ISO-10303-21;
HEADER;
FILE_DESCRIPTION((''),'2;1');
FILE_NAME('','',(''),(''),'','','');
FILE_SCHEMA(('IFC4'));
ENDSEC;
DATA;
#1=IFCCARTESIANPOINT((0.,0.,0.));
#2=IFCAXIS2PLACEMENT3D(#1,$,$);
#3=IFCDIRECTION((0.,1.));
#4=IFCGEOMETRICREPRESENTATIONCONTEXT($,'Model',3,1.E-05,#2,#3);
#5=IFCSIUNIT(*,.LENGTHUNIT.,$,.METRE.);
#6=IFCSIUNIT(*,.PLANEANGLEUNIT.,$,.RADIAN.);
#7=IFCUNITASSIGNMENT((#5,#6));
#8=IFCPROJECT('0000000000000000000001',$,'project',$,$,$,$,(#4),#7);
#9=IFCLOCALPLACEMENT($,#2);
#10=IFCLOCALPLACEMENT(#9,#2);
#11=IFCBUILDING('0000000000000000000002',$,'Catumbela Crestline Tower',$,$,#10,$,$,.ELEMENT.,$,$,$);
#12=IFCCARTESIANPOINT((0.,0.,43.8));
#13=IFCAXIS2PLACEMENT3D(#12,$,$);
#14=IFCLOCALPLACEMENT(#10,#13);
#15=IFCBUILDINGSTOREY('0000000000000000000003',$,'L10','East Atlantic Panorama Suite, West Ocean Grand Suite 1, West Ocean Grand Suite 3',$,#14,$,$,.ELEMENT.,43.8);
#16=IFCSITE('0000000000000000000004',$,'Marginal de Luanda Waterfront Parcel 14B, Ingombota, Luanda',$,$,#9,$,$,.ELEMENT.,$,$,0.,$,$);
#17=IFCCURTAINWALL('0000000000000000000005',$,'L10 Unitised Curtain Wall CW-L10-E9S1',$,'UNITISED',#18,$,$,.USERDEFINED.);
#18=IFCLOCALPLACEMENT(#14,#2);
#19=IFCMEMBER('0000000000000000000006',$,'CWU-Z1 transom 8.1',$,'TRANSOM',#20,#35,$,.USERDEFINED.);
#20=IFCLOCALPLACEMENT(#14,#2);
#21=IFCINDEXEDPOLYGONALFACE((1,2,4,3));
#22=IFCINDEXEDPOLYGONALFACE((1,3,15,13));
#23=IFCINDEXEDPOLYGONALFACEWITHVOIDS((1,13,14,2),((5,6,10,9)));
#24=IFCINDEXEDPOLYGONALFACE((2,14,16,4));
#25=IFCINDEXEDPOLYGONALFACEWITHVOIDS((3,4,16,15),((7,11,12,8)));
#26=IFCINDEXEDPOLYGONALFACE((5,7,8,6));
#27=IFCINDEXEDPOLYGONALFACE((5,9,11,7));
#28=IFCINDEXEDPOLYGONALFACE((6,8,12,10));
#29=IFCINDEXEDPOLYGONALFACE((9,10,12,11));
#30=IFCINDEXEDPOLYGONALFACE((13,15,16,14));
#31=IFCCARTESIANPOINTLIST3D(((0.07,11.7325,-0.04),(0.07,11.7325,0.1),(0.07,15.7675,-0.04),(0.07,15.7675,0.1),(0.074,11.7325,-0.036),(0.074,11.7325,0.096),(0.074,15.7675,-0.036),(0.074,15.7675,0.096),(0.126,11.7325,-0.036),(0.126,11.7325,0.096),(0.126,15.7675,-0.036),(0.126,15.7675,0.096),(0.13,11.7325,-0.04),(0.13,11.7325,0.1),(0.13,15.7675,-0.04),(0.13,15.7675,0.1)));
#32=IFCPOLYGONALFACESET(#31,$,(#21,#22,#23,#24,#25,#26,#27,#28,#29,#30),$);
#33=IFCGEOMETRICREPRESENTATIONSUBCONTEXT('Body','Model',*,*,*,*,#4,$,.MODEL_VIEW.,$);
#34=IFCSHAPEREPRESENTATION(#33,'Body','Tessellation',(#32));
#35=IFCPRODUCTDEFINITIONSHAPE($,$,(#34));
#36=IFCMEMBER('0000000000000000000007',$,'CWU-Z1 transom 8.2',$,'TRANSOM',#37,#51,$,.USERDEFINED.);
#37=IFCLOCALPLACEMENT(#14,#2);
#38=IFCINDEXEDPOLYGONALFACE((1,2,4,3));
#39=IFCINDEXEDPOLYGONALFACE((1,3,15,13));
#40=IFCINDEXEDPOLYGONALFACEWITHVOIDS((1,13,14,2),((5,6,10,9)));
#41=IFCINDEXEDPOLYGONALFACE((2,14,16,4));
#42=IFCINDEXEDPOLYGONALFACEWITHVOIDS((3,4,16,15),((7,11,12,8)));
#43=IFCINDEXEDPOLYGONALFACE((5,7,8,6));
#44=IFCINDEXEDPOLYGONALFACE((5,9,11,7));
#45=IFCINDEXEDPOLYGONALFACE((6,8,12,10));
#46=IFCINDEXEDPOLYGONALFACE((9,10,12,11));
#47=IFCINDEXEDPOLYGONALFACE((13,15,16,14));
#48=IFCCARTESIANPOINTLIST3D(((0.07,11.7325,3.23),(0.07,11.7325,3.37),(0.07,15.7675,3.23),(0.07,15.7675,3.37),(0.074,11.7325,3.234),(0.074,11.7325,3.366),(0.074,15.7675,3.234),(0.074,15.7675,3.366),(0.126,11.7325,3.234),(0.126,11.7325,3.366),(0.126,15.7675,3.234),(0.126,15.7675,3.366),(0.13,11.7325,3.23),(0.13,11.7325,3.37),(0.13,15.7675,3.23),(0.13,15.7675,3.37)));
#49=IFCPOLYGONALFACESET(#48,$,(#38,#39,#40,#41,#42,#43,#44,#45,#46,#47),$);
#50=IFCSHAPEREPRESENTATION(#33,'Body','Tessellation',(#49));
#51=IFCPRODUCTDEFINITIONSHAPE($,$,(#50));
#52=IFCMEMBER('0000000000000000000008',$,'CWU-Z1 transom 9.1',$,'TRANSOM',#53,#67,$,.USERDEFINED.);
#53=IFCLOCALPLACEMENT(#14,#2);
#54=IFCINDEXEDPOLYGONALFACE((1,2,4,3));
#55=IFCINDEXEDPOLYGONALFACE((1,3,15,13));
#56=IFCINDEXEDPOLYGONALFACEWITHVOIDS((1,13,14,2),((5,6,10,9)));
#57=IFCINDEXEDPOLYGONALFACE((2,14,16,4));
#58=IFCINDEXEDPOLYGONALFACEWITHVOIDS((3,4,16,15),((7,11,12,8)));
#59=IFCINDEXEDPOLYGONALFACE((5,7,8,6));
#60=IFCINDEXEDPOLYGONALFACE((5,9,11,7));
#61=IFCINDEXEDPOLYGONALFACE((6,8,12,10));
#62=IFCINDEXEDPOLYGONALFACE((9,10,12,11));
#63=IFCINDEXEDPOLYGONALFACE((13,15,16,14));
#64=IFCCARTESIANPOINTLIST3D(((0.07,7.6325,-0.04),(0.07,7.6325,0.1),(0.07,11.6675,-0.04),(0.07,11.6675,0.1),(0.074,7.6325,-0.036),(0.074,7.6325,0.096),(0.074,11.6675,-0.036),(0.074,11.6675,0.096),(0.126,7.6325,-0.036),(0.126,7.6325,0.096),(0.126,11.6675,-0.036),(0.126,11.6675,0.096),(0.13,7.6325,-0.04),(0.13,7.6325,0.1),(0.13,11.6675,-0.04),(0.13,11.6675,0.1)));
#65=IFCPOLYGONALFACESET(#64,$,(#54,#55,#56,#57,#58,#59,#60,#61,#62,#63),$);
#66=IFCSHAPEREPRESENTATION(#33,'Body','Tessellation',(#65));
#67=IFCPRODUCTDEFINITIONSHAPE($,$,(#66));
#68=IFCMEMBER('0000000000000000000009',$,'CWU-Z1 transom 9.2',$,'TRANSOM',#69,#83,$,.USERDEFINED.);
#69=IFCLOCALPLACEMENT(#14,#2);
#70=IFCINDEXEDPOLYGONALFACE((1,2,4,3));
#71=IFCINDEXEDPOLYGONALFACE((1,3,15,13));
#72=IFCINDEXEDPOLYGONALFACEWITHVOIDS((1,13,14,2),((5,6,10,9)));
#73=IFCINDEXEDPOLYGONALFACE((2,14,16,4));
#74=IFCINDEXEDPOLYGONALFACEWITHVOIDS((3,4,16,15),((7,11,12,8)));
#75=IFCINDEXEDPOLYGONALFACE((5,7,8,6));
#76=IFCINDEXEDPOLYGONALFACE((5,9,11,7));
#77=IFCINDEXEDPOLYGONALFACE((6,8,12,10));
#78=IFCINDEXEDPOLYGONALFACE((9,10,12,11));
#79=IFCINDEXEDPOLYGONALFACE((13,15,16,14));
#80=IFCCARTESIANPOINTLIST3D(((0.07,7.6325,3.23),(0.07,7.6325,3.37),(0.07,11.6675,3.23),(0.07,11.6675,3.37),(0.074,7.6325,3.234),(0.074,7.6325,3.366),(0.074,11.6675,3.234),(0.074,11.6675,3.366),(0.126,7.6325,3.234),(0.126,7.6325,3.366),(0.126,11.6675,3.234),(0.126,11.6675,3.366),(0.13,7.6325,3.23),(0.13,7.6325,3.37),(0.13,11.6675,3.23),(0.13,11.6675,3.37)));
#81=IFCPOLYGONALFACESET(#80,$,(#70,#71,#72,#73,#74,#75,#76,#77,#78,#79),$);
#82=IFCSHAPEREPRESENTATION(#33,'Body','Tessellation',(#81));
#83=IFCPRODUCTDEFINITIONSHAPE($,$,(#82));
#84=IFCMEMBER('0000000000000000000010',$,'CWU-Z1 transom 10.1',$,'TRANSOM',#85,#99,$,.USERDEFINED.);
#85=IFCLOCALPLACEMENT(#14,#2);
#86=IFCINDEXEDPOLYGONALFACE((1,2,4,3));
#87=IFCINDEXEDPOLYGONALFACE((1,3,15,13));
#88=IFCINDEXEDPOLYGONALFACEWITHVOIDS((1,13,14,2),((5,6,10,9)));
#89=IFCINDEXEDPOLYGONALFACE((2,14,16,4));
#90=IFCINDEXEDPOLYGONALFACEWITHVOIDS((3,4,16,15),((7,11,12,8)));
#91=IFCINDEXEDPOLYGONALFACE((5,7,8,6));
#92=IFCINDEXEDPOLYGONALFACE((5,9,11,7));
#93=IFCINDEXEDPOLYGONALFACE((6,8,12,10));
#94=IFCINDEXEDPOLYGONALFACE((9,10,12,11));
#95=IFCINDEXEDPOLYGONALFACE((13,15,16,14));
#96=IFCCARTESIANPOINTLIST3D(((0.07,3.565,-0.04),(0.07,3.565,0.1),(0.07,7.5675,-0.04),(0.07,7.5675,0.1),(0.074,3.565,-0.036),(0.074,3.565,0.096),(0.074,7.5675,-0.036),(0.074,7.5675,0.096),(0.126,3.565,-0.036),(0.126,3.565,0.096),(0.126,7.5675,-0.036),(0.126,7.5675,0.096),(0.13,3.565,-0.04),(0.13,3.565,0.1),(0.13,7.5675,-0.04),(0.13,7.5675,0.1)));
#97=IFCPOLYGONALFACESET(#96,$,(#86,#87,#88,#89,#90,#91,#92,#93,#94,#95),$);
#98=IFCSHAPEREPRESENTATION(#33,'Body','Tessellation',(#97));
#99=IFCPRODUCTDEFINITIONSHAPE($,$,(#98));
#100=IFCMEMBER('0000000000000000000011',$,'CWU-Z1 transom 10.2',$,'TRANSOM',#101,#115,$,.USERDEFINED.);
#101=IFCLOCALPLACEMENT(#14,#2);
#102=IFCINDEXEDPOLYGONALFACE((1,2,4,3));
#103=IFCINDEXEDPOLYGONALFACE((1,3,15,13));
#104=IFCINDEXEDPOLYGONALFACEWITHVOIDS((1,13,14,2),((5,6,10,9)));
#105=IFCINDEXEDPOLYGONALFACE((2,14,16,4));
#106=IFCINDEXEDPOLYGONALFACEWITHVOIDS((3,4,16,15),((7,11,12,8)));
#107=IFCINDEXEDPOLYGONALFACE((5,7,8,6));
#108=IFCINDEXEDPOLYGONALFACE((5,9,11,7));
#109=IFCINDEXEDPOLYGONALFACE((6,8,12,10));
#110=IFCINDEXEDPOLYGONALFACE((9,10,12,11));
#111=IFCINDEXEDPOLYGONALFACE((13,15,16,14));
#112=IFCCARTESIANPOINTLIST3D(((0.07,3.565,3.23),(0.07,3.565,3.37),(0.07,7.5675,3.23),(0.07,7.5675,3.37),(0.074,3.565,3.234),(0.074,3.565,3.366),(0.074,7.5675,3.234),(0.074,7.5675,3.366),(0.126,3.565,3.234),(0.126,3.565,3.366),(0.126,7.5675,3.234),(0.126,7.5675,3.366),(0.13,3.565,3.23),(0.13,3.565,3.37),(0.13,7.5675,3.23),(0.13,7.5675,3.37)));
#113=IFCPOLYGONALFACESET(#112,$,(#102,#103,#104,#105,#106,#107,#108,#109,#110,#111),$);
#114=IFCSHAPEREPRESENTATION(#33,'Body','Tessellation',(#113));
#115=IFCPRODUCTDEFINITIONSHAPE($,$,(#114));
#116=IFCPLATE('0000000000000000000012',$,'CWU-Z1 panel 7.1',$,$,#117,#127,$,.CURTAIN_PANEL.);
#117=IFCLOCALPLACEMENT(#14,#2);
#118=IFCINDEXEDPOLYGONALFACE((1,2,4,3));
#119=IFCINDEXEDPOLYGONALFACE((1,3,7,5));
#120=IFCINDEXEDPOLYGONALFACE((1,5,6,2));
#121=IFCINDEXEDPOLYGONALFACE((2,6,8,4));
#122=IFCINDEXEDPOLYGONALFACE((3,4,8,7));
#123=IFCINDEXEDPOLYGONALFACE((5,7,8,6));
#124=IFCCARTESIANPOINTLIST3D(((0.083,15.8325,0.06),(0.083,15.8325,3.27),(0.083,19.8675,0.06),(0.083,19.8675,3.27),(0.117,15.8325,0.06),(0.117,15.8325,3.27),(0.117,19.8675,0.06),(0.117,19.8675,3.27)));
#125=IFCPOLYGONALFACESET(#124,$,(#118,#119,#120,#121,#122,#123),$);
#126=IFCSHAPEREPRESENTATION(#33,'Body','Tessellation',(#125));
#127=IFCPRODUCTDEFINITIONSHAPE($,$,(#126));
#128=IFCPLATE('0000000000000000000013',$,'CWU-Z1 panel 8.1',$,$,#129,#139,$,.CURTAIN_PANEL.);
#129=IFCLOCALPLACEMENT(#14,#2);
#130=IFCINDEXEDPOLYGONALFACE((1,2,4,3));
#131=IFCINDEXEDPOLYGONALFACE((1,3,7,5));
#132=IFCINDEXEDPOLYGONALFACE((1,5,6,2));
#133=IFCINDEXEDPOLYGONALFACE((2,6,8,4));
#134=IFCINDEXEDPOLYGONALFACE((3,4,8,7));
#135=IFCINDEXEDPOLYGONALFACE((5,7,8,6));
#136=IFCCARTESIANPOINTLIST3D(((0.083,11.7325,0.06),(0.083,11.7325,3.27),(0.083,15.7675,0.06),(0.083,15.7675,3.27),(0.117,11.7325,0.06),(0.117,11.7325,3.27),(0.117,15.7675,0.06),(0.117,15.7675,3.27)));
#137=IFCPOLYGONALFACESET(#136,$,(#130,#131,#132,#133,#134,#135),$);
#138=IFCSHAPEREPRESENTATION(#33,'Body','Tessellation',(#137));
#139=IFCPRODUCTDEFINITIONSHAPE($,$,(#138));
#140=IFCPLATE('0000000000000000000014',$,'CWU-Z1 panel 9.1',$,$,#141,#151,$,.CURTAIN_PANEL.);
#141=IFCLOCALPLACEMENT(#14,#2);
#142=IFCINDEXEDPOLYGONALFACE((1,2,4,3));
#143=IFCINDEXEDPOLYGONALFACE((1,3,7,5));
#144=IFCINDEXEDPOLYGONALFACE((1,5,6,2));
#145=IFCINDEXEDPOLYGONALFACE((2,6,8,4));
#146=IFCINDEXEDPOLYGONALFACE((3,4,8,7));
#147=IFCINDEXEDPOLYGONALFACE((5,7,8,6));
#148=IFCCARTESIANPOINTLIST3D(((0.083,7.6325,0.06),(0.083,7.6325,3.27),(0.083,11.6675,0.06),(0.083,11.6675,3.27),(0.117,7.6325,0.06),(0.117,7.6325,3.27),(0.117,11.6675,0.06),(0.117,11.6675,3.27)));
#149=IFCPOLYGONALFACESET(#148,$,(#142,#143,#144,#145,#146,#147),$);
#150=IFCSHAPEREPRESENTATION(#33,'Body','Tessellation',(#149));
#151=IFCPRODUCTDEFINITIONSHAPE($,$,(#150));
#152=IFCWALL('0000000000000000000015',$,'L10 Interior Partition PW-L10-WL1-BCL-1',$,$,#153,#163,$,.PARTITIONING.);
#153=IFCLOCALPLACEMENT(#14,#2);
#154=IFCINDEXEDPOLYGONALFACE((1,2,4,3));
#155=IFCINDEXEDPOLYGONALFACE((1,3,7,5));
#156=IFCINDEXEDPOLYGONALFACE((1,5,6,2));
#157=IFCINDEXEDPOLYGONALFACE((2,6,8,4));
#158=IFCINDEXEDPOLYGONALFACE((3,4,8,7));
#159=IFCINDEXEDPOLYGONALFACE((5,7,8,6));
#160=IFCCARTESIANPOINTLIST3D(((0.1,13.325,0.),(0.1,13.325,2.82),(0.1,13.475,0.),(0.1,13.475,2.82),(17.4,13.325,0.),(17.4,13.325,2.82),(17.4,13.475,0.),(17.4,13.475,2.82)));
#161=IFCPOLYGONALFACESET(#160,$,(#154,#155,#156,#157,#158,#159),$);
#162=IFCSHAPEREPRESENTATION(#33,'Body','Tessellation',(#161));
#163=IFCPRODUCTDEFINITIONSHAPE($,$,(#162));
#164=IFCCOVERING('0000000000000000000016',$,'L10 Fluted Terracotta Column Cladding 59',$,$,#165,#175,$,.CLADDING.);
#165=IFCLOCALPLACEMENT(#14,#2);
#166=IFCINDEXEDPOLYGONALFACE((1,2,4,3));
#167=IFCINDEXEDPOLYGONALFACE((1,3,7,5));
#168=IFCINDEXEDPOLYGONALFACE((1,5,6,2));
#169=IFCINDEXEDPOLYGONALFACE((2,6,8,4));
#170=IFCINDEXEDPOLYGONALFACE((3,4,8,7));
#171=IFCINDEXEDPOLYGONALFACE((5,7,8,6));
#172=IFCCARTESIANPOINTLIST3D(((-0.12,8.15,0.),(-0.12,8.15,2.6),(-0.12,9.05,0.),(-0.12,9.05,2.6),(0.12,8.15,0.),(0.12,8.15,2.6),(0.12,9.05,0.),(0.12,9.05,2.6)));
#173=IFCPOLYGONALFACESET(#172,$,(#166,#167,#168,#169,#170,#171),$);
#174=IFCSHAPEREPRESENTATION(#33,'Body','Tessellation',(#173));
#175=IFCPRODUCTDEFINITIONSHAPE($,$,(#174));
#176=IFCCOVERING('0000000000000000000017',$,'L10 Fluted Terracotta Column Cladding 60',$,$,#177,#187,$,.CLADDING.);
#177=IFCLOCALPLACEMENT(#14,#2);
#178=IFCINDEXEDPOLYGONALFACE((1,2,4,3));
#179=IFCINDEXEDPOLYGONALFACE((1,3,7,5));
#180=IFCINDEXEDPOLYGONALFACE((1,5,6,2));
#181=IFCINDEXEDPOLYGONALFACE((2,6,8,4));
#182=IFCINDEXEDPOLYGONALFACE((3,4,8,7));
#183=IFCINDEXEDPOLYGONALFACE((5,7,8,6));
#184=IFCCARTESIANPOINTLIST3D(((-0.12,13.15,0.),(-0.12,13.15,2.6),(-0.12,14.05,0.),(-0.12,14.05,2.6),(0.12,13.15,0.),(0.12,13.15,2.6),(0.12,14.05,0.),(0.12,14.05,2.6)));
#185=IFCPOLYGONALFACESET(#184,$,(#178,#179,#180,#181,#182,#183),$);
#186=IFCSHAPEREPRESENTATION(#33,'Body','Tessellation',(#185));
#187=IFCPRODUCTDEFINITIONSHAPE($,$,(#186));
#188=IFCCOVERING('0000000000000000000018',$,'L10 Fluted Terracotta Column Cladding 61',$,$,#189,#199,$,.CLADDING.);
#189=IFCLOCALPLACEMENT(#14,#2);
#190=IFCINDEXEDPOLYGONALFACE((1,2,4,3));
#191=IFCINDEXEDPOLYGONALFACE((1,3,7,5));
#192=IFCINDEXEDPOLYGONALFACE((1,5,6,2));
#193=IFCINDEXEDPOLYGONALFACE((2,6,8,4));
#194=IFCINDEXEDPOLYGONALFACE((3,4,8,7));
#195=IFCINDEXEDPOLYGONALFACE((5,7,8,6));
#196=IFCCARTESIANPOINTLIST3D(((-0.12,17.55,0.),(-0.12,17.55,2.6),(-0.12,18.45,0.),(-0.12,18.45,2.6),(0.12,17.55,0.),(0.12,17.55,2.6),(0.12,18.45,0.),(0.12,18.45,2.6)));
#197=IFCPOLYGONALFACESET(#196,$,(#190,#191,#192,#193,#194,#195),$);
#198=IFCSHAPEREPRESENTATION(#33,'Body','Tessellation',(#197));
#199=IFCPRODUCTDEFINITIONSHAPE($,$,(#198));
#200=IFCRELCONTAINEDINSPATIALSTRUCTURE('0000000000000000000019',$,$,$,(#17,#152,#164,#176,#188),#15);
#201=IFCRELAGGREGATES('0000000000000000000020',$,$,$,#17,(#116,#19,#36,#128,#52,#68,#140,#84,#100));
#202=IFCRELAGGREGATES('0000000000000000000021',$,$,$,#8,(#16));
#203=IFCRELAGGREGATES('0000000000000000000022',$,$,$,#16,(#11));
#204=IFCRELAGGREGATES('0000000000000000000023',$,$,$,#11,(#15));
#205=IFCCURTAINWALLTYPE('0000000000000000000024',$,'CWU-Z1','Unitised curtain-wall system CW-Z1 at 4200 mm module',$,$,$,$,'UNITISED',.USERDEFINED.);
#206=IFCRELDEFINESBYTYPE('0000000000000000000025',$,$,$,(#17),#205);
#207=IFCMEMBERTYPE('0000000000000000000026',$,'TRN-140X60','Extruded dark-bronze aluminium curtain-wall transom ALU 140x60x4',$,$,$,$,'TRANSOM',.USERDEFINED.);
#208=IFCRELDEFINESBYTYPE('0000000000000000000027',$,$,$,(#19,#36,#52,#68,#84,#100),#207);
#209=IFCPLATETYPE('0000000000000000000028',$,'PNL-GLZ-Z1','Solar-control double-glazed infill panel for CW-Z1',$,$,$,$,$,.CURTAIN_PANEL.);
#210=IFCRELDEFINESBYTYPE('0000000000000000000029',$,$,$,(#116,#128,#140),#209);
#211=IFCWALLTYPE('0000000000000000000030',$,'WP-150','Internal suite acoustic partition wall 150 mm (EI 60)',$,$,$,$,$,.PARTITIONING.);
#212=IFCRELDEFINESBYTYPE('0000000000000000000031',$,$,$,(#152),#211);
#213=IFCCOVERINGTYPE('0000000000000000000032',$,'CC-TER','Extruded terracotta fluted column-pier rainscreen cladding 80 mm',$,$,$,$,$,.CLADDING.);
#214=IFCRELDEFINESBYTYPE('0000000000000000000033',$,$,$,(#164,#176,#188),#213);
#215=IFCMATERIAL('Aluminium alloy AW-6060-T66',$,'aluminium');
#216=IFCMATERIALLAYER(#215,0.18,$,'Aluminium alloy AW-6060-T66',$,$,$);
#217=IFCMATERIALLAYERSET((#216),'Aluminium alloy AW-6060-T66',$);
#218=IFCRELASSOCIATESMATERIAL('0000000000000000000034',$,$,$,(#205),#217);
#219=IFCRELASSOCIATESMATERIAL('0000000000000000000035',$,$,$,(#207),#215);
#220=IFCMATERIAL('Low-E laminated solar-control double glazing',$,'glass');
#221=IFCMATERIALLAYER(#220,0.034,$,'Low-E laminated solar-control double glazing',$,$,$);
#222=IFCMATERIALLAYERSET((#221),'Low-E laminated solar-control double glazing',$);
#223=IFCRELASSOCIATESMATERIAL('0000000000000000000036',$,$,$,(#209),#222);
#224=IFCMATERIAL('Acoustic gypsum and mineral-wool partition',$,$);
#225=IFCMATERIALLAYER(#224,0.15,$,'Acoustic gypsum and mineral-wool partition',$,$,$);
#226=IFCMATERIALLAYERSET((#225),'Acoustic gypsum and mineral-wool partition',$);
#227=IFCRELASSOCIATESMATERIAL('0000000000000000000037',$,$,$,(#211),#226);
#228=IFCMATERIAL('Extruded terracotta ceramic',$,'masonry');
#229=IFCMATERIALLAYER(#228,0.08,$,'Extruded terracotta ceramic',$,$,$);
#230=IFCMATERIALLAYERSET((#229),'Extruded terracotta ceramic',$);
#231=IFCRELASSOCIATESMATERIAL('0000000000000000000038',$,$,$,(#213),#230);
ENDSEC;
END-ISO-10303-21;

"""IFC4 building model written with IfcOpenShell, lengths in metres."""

from ifc_helpers import new_model, si_unit, direction, frame, frame_2d, origin, origin_2d, place, context, subcontext, project, spatial, rectangle, hollow_rectangle, extrude, material, layer, layer_set, material_profile, profile_set, type_object, element, aggregate, save


model = new_model("IFC4")

# Units and contexts
model_context = context("Model", 3, precision=1e-05, world=origin(), true_north=direction((0.0, 1.0)))
body_context = subcontext(model_context, "Body", "Model", "MODEL_VIEW")
ifc_project = project(units=[si_unit("LENGTHUNIT", "METRE"), si_unit("PLANEANGLEUNIT", "RADIAN")], contexts=[model_context])

# Site, building, storey
site_placement = place(None, origin())
site = spatial("IfcSite", under=ifc_project, at=site_placement, Name="Marginal de Luanda Waterfront Parcel 14B, Ingombota, Luanda", CompositionType="ELEMENT", RefElevation=0.0)
building_placement = place(site_placement, origin())
building = spatial("IfcBuilding", under=site, at=building_placement, Name="Catumbela Crestline Tower", CompositionType="ELEMENT")
storey_placement = place(building_placement, frame((0.0, 0.0, 43.8)))
storey = spatial("IfcBuildingStorey", under=building, at=storey_placement, Name="L10", Description="East Atlantic Panorama Suite, West Ocean Grand Suite 1, West Ocean Grand Suite 3", CompositionType="ELEMENT", Elevation=43.8)

# Curtain wall
ifc_material_1 = material(Name="Aluminium alloy AW-6060-T66", Category="aluminium")
ifc_layer_1 = layer(ifc_material_1, 0.18, Name="Aluminium alloy AW-6060-T66")
ifc_layer_set_1 = layer_set([ifc_layer_1], Name="Aluminium alloy AW-6060-T66")
curtain_wall_type = type_object("IfcCurtainWallType", Name="CWU-Z1", Description="Unitised curtain-wall system CW-Z1 at 4200 mm module", ElementType="UNITISED", PredefinedType="USERDEFINED", material=ifc_layer_set_1)
curtain_wall_placement = place(storey_placement, origin())
curtain_wall = element("IfcCurtainWall", 1, at=curtain_wall_placement, inside=storey, type_object=curtain_wall_type, Name="L10 Unitised Curtain Wall CW-L10-E9S1", ObjectType="UNITISED", PredefinedType="USERDEFINED")

# Members
ifc_material_profile_1 = material_profile(ifc_material_1, hollow_rectangle(XDim=0.06, YDim=0.14, WallThickness=0.004, at=origin_2d()), Name="ALU 140x60x4")
ifc_profile_set_1 = profile_set([ifc_material_profile_1], Name="Aluminium alloy AW-6060-T66")
member_type_1 = type_object("IfcMemberType", Name="TRN-140X60", Description="Extruded dark-bronze aluminium curtain-wall transom ALU 140x60x4", ElementType="TRANSOM", PredefinedType="USERDEFINED", material=ifc_profile_set_1)
member_1_placement = place(storey_placement, frame((0.1, 15.7675, 0.03), z_axis=(0.0, -1.0, 0.0), x_axis=(1.0, 0.0, 0.0)))
member_1 = element("IfcMember", 2, at=member_1_placement, type_object=member_type_1, Name="CWU-Z1 transom 8.1", ObjectType="TRANSOM", PredefinedType="USERDEFINED", context=body_context, shape_type="SweptSolid", body=[
    extrude(hollow_rectangle(XDim=0.06, YDim=0.14, WallThickness=0.004, at=origin_2d()), origin(), (0.0, 0.0, 1.0), 4.035),
])
member_2_placement = place(storey_placement, frame((0.1, 15.7675, 3.3), z_axis=(0.0, -1.0, 0.0), x_axis=(1.0, 0.0, 0.0)))
member_2 = element("IfcMember", 3, at=member_2_placement, type_object=member_type_1, Name="CWU-Z1 transom 8.2", ObjectType="TRANSOM", PredefinedType="USERDEFINED", context=body_context, shape_type="SweptSolid", body=[
    extrude(hollow_rectangle(XDim=0.06, YDim=0.14, WallThickness=0.004, at=origin_2d()), origin(), (0.0, 0.0, 1.0), 4.035),
])
member_3_placement = place(storey_placement, frame((0.1, 11.6675, 0.03), z_axis=(0.0, -1.0, 0.0), x_axis=(1.0, 0.0, 0.0)))
member_3 = element("IfcMember", 4, at=member_3_placement, type_object=member_type_1, Name="CWU-Z1 transom 9.1", ObjectType="TRANSOM", PredefinedType="USERDEFINED", context=body_context, shape_type="SweptSolid", body=[
    extrude(hollow_rectangle(XDim=0.06, YDim=0.14, WallThickness=0.004, at=origin_2d()), origin(), (0.0, 0.0, 1.0), 4.035),
])
member_4_placement = place(storey_placement, frame((0.1, 11.6675, 3.3), z_axis=(0.0, -1.0, 0.0), x_axis=(1.0, 0.0, 0.0)))
member_4 = element("IfcMember", 5, at=member_4_placement, type_object=member_type_1, Name="CWU-Z1 transom 9.2", ObjectType="TRANSOM", PredefinedType="USERDEFINED", context=body_context, shape_type="SweptSolid", body=[
    extrude(hollow_rectangle(XDim=0.06, YDim=0.14, WallThickness=0.004, at=origin_2d()), origin(), (0.0, 0.0, 1.0), 4.035),
])
member_5_placement = place(storey_placement, frame((0.1, 7.5675, 0.03), z_axis=(0.0, -1.0, 0.0), x_axis=(1.0, 0.0, 0.0)))
member_5 = element("IfcMember", 6, at=member_5_placement, type_object=member_type_1, Name="CWU-Z1 transom 10.1", ObjectType="TRANSOM", PredefinedType="USERDEFINED", context=body_context, shape_type="SweptSolid", body=[
    extrude(hollow_rectangle(XDim=0.06, YDim=0.14, WallThickness=0.004, at=origin_2d()), origin(), (0.0, 0.0, 1.0), 4.0025),
])
member_6_placement = place(storey_placement, frame((0.1, 7.5675, 3.3), z_axis=(0.0, -1.0, 0.0), x_axis=(1.0, 0.0, 0.0)))
member_6 = element("IfcMember", 7, at=member_6_placement, type_object=member_type_1, Name="CWU-Z1 transom 10.2", ObjectType="TRANSOM", PredefinedType="USERDEFINED", context=body_context, shape_type="SweptSolid", body=[
    extrude(hollow_rectangle(XDim=0.06, YDim=0.14, WallThickness=0.004, at=origin_2d()), origin(), (0.0, 0.0, 1.0), 4.0025),
])

# Plates
ifc_material_2 = material(Name="Low-E laminated solar-control double glazing", Category="glass")
ifc_layer_2 = layer(ifc_material_2, 0.034, Name="Low-E laminated solar-control double glazing")
ifc_layer_set_2 = layer_set([ifc_layer_2], Name="Low-E laminated solar-control double glazing")
plate_type = type_object("IfcPlateType", Name="PNL-GLZ-Z1", Description="Solar-control double-glazed infill panel for CW-Z1", PredefinedType="CURTAIN_PANEL", material=ifc_layer_set_2)
plate_1_placement = place(storey_placement, frame((0.1, 17.85, 0.06), z_axis=(0.0, 0.0, 1.0), x_axis=(0.0, -1.0, 0.0)))
plate_1 = element("IfcPlate", 8, at=plate_1_placement, type_object=plate_type, Name="CWU-Z1 panel 7.1", PredefinedType="CURTAIN_PANEL", context=body_context, shape_type="SweptSolid", body=[
    extrude(rectangle(XDim=4.035, YDim=0.034, at=origin_2d()), origin(), (0.0, 0.0, 1.0), 3.21),
])
plate_2_placement = place(storey_placement, frame((0.1, 13.75, 0.06), z_axis=(0.0, 0.0, 1.0), x_axis=(0.0, -1.0, 0.0)))
plate_2 = element("IfcPlate", 9, at=plate_2_placement, type_object=plate_type, Name="CWU-Z1 panel 8.1", PredefinedType="CURTAIN_PANEL", context=body_context, shape_type="SweptSolid", body=[
    extrude(rectangle(XDim=4.035, YDim=0.034, at=origin_2d()), origin(), (0.0, 0.0, 1.0), 3.21),
])
plate_3_placement = place(storey_placement, frame((0.1, 9.65, 0.06), z_axis=(0.0, 0.0, 1.0), x_axis=(0.0, -1.0, 0.0)))
plate_3 = element("IfcPlate", 10, at=plate_3_placement, type_object=plate_type, Name="CWU-Z1 panel 9.1", PredefinedType="CURTAIN_PANEL", context=body_context, shape_type="SweptSolid", body=[
    extrude(rectangle(XDim=4.035, YDim=0.034, at=origin_2d()), origin(), (0.0, 0.0, 1.0), 3.21),
])
aggregate(curtain_wall, [plate_1, member_1, member_2, plate_2, member_3, member_4, plate_3, member_5, member_6])

# Wall
ifc_material_3 = material(Name="Acoustic gypsum and mineral-wool partition")
ifc_layer_3 = layer(ifc_material_3, 0.15, Name="Acoustic gypsum and mineral-wool partition")
ifc_layer_set_3 = layer_set([ifc_layer_3], Name="Acoustic gypsum and mineral-wool partition")
wall_type = type_object("IfcWallType", Name="WP-150", Description="Internal suite acoustic partition wall 150 mm (EI 60)", PredefinedType="PARTITIONING", material=ifc_layer_set_3)
wall_placement = place(storey_placement, frame((0.1, 13.4, 0.0), z_axis=(0.0, 0.0, 1.0), x_axis=(1.0, 0.0, 0.0)))
element("IfcWall", 11, at=wall_placement, inside=storey, type_object=wall_type, Name="L10 Interior Partition PW-L10-WL1-BCL-1", PredefinedType="PARTITIONING", context=body_context, shape_type="SweptSolid", body=[
    extrude(rectangle(XDim=17.3, YDim=0.15, at=frame_2d((8.65, 0.0))), origin(), (0.0, 0.0, 1.0), 2.82),
])

# Coverings
ifc_material_4 = material(Name="Extruded terracotta ceramic", Category="masonry")
ifc_layer_4 = layer(ifc_material_4, 0.08, Name="Extruded terracotta ceramic")
ifc_layer_set_4 = layer_set([ifc_layer_4], Name="Extruded terracotta ceramic")
covering_type = type_object("IfcCoveringType", Name="CC-TER", Description="Extruded terracotta fluted column-pier rainscreen cladding 80 mm", PredefinedType="CLADDING", material=ifc_layer_set_4)
for number, where, z_axis, x_axis, name in (
    (12, (0.0, 8.6, 0.0), (0.0, 0.0, 1.0), (0.0, -1.0, 0.0), "L10 Fluted Terracotta Column Cladding 59"),
    (13, (0.0, 13.6, 0.0), (0.0, 0.0, 1.0), (0.0, -1.0, 0.0), "L10 Fluted Terracotta Column Cladding 60"),
    (14, (0.0, 18.0, 0.0), (0.0, 0.0, 1.0), (0.0, -1.0, 0.0), "L10 Fluted Terracotta Column Cladding 61"),
):
    element("IfcCovering", number, at=place(storey_placement, frame(where, z_axis=z_axis, x_axis=x_axis)), inside=storey, type_object=covering_type, Name=name, PredefinedType="CLADDING", context=body_context, shape_type="SweptSolid", body=[
        extrude(rectangle(XDim=0.9, YDim=0.24, at=origin_2d()), origin(), (0.0, 0.0, 1.0), 2.6),
    ])

save(model, "model.ifc")
